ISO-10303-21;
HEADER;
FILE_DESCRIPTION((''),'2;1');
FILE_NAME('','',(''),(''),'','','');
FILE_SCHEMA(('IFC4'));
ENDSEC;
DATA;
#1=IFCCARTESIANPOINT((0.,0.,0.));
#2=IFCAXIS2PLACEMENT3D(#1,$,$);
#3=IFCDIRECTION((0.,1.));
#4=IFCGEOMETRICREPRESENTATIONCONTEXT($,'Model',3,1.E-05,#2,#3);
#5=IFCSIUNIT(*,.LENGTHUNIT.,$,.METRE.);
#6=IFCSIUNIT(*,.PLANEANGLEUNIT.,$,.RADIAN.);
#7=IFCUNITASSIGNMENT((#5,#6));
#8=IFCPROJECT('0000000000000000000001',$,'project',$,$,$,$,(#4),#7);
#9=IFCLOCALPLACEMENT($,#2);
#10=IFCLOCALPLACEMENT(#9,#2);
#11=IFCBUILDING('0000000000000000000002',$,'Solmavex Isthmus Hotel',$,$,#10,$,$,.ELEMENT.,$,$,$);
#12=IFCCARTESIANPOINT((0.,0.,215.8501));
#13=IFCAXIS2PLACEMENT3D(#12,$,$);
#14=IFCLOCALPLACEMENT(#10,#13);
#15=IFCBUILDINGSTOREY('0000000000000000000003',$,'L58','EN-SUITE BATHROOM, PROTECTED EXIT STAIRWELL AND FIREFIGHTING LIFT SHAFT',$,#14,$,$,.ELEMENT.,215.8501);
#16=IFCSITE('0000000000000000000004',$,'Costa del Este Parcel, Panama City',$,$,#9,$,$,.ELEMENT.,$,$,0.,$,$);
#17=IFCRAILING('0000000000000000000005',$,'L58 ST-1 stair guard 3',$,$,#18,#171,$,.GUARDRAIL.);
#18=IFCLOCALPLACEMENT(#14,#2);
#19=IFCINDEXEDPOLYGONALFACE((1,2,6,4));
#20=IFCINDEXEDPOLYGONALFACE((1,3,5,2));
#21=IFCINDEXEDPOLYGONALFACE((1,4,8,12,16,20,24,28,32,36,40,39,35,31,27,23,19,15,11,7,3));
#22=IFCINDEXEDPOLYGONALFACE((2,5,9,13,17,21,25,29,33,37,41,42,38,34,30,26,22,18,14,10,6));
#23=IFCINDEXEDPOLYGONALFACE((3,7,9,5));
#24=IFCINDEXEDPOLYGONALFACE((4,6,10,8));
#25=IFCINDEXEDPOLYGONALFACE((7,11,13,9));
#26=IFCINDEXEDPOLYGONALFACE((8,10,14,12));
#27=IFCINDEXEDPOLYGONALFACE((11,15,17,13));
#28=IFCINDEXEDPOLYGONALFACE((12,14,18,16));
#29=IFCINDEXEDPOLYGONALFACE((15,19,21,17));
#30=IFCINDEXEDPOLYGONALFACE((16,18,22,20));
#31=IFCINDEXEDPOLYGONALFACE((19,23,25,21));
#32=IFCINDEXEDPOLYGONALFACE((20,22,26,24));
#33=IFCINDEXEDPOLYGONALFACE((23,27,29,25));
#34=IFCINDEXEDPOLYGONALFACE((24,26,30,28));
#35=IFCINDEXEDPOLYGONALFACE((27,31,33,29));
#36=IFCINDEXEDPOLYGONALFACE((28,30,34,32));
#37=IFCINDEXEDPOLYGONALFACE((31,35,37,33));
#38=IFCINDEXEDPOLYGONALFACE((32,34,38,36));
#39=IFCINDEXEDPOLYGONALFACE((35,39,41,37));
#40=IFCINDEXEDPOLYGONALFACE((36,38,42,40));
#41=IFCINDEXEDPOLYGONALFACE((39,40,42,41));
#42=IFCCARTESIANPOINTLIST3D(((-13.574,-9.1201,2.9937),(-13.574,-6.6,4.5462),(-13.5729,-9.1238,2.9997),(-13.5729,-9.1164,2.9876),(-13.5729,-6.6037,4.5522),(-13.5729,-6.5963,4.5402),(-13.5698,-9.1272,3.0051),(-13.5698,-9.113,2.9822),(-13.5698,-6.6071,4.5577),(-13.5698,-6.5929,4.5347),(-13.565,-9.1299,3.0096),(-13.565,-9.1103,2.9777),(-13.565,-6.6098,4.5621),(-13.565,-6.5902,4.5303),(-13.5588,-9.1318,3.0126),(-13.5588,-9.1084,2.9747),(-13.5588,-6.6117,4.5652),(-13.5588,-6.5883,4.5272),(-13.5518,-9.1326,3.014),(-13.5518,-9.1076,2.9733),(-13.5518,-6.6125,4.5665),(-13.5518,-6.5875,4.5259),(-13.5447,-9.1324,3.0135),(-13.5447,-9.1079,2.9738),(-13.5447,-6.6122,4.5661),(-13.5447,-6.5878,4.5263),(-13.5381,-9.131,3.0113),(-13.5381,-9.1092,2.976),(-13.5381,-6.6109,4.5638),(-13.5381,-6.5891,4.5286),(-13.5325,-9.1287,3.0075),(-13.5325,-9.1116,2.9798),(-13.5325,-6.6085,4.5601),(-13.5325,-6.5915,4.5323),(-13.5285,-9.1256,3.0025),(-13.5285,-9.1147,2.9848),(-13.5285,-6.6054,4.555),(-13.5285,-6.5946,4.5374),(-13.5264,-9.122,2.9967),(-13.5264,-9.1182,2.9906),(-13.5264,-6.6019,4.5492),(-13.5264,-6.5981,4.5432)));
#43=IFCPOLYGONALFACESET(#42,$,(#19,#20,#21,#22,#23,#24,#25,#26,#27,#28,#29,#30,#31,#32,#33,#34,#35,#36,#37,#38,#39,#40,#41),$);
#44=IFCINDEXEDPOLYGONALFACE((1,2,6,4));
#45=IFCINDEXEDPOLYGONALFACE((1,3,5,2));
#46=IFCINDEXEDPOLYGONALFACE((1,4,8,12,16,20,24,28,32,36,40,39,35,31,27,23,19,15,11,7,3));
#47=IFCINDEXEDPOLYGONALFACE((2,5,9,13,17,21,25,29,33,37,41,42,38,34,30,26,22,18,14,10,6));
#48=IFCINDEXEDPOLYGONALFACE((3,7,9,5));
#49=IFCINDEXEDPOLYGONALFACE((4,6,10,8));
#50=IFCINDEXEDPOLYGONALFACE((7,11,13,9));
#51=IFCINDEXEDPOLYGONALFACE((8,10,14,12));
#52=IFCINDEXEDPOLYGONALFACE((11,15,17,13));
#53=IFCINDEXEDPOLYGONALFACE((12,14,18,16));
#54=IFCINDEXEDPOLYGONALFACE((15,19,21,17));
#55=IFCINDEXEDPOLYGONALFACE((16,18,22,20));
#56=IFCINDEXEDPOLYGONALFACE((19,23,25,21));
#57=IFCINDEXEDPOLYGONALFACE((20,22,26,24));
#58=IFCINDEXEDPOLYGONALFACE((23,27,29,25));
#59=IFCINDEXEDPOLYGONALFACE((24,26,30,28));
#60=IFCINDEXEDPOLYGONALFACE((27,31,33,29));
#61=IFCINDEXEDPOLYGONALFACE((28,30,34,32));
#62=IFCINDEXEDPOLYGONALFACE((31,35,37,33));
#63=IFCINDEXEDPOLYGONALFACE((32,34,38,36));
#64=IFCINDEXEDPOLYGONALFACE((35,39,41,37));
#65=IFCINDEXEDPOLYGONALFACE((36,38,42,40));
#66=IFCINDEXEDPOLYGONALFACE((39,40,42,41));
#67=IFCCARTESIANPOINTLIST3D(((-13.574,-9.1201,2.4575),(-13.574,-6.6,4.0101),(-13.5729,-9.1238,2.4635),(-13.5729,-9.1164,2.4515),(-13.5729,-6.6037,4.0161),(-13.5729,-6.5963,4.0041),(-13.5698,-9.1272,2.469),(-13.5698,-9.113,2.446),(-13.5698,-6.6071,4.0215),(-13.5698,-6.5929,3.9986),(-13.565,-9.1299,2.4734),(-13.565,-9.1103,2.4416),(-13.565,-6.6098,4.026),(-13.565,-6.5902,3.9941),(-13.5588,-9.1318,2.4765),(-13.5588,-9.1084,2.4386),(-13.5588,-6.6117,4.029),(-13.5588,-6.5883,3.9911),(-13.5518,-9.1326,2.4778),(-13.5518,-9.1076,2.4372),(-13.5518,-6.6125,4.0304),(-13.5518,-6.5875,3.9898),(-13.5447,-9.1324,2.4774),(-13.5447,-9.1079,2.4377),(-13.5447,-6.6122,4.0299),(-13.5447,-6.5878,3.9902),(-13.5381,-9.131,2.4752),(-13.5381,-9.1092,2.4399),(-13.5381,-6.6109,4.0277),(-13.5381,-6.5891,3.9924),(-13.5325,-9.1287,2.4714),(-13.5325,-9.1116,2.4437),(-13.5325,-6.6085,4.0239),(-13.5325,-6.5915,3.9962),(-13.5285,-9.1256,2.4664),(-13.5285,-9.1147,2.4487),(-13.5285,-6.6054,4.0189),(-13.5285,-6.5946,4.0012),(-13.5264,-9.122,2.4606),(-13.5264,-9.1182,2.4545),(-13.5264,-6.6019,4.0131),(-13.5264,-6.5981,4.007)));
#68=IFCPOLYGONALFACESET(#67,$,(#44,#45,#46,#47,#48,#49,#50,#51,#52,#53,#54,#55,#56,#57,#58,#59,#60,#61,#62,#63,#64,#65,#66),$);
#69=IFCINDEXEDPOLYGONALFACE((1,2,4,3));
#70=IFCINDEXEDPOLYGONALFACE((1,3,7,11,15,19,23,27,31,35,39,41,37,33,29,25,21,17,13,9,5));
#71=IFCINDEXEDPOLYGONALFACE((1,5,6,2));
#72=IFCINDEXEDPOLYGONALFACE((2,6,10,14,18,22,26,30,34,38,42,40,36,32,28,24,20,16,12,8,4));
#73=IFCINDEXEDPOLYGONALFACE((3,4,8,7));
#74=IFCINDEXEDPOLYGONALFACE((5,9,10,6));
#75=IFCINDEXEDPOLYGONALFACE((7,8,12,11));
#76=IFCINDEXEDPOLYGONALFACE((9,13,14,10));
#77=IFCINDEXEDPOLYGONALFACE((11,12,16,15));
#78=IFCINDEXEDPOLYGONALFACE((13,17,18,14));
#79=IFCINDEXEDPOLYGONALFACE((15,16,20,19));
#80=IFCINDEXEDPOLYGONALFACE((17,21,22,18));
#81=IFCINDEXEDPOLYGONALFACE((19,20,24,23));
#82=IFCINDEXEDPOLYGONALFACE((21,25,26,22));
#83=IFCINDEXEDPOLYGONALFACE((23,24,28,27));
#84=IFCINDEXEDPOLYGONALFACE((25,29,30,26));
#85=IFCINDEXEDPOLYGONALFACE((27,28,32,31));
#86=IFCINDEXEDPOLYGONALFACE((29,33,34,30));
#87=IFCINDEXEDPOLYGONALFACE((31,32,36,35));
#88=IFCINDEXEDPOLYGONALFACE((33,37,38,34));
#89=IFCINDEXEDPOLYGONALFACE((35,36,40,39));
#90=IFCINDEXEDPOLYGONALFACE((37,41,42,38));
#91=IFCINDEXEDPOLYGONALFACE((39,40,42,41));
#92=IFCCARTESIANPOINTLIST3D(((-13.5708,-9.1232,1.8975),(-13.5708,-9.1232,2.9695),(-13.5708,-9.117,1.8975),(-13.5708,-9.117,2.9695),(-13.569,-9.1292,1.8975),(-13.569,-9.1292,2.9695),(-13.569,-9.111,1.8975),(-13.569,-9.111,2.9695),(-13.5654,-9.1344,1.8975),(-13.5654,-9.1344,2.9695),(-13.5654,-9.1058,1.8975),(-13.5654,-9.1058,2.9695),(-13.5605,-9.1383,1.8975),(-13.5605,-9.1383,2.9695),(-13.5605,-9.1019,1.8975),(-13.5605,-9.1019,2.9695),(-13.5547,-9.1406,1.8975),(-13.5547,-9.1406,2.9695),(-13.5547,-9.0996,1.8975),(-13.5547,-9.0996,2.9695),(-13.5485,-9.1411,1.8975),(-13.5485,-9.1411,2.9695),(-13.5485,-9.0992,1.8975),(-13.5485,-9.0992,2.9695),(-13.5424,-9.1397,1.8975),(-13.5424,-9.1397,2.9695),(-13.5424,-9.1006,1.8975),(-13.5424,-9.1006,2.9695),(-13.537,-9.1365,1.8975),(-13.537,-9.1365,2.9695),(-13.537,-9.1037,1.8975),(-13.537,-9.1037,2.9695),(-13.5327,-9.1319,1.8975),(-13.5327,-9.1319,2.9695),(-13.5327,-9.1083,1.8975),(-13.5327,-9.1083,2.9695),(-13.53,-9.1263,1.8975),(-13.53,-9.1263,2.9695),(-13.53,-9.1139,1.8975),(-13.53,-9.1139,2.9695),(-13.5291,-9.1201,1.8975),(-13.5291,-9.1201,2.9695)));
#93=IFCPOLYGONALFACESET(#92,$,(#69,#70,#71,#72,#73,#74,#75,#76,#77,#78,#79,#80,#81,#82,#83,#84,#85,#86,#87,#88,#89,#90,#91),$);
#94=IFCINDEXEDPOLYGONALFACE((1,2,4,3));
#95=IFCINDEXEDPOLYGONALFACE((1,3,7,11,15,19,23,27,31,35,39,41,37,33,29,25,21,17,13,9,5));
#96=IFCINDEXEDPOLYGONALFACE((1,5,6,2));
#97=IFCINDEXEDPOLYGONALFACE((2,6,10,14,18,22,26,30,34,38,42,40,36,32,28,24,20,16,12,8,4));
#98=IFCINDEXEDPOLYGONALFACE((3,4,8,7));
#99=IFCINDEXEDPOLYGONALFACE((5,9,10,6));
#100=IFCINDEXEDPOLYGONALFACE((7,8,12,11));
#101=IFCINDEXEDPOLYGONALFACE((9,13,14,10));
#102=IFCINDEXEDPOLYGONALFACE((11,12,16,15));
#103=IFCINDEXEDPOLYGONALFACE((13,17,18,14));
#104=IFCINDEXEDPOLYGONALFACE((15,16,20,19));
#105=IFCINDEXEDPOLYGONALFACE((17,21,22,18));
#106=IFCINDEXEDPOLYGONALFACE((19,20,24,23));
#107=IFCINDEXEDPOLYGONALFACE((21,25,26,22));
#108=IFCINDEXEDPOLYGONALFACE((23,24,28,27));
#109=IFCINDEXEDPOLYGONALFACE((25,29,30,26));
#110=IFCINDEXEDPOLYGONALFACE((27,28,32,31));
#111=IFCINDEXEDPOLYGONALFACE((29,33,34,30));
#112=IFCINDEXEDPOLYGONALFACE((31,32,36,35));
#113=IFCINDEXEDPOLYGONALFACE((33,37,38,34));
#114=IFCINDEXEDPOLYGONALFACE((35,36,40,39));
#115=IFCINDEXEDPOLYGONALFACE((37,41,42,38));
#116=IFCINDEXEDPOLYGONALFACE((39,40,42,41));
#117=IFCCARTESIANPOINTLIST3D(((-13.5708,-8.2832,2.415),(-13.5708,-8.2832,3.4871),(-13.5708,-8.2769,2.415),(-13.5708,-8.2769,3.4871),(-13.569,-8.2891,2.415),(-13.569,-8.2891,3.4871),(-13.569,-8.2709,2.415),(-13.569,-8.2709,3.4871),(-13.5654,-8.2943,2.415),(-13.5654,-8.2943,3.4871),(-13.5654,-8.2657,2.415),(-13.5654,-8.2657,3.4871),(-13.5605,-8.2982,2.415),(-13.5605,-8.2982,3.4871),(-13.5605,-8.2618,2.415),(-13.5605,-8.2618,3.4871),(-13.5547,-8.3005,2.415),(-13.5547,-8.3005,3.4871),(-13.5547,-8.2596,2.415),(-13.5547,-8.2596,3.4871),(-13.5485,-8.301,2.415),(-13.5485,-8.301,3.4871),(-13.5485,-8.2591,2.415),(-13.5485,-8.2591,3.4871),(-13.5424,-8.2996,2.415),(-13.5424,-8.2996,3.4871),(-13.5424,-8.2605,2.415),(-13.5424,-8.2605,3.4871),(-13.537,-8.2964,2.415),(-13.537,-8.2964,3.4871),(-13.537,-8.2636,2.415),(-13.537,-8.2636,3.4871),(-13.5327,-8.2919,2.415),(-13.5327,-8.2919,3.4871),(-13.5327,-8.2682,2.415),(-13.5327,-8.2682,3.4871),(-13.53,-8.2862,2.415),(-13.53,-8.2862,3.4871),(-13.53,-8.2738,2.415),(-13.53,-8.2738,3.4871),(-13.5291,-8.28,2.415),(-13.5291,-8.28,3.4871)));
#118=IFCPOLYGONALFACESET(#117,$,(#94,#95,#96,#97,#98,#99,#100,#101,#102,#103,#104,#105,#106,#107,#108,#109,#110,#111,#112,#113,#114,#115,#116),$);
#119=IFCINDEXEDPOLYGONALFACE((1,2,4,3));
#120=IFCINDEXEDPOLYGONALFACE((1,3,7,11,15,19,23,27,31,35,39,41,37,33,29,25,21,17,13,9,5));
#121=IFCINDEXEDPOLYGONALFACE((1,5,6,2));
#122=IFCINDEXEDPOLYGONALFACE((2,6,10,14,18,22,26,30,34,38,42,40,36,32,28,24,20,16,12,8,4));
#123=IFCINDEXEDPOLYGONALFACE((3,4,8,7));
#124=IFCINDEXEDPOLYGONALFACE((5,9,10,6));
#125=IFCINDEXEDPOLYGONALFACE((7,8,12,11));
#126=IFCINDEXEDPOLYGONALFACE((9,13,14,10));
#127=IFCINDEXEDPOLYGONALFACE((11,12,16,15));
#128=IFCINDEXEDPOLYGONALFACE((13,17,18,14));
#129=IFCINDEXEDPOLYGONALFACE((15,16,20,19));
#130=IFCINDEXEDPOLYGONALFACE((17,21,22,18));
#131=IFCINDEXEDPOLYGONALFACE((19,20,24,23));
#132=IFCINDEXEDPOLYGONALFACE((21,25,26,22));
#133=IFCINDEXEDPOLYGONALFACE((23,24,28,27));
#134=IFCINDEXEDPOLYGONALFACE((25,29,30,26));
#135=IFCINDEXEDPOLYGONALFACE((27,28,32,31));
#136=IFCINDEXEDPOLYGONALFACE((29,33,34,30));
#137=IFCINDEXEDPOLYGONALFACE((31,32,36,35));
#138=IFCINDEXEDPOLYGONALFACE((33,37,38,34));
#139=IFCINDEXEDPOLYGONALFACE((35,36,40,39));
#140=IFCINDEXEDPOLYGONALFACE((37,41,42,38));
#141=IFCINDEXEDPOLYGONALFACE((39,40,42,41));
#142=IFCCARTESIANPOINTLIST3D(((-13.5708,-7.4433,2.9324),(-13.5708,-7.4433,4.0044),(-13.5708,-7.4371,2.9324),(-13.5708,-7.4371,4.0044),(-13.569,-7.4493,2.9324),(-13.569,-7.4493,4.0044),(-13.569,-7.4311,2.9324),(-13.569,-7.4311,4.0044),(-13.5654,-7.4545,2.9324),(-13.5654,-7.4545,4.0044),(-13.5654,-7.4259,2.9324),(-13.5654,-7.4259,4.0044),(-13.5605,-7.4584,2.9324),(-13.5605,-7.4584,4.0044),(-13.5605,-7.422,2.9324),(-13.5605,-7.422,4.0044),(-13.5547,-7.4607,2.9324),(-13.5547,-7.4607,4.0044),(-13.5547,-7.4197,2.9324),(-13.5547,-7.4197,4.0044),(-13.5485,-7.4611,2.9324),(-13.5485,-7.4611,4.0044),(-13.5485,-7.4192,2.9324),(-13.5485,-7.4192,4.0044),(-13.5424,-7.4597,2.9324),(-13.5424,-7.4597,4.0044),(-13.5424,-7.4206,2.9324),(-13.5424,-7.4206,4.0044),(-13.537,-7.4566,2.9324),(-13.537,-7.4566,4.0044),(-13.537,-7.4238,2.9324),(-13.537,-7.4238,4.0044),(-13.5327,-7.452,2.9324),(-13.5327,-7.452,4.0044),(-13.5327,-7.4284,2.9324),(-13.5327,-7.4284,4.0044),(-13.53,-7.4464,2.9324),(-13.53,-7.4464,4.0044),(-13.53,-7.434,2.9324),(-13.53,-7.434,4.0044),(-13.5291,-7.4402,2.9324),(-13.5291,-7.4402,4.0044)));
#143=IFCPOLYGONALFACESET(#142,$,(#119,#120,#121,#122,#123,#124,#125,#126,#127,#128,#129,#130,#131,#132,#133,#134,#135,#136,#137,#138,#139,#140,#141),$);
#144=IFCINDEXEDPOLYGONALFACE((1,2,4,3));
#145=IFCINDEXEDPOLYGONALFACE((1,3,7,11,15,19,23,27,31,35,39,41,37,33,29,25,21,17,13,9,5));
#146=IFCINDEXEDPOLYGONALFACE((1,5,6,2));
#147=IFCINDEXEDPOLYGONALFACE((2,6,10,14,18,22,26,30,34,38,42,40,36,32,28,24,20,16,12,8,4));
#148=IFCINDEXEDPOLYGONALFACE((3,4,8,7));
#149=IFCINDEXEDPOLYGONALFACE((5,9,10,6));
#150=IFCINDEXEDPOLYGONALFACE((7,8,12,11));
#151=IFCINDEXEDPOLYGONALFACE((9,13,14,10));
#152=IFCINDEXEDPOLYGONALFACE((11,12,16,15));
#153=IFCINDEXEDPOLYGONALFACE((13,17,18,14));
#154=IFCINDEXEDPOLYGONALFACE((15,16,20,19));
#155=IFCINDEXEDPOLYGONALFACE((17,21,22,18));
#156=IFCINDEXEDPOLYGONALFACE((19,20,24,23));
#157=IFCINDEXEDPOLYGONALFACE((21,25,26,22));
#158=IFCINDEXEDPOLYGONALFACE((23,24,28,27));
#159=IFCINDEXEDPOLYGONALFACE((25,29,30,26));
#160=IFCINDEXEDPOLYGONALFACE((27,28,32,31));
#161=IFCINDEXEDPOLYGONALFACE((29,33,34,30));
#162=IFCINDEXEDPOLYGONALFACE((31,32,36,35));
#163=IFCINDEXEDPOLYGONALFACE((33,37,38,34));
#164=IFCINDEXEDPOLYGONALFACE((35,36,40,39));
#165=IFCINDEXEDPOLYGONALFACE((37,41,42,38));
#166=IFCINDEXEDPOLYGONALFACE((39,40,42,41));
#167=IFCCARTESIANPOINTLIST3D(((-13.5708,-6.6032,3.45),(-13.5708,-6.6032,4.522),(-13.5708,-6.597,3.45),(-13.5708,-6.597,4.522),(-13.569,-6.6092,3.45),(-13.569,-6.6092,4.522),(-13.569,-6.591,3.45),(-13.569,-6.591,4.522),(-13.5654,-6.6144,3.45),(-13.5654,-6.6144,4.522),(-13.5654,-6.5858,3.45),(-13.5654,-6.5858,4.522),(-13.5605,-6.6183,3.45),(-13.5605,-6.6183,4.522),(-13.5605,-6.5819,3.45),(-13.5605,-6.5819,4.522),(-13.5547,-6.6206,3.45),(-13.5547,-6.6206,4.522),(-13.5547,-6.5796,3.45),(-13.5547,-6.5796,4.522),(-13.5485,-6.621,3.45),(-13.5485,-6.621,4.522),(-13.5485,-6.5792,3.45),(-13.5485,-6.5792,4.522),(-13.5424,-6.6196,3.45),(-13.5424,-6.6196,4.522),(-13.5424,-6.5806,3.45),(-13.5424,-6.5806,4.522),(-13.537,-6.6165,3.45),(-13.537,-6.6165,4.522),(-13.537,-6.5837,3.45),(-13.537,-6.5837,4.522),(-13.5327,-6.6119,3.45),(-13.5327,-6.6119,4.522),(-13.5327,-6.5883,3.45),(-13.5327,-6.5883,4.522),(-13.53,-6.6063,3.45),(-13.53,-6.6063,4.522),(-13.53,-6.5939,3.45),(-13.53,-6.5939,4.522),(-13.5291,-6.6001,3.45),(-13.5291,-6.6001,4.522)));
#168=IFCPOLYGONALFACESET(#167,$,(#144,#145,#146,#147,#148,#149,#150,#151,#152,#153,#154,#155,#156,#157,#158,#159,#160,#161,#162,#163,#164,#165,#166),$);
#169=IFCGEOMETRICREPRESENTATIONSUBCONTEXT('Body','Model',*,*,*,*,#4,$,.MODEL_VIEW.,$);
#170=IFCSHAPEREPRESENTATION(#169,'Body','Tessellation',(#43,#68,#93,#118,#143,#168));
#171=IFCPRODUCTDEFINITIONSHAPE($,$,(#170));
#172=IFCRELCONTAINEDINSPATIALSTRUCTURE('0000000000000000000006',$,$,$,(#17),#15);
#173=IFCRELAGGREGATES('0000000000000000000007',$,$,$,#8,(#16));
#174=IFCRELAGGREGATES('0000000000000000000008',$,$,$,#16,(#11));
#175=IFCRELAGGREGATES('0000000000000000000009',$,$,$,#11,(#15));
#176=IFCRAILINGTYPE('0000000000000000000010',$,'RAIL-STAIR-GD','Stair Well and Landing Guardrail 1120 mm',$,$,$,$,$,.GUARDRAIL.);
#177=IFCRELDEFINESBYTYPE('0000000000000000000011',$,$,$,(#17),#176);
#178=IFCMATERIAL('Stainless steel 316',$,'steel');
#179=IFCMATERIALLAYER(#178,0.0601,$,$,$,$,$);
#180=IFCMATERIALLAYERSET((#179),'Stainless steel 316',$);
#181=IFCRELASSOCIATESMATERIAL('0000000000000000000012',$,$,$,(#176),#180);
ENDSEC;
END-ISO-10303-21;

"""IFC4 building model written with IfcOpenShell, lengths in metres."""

from ifc_helpers import new_model, si_unit, direction, frame, origin, origin_2d, place, context, subcontext, project, spatial, circle, extrude, material, layer, layer_set, type_object, element, save


model = new_model("IFC4")

# Units and contexts
model_context = context("Model", 3, precision=1e-05, world=origin(), true_north=direction((0.0, 1.0)))
body_context = subcontext(model_context, "Body", "Model", "MODEL_VIEW")
ifc_project = project(units=[si_unit("LENGTHUNIT", "METRE"), si_unit("PLANEANGLEUNIT", "RADIAN")], contexts=[model_context])

# Site, building, storey
site_placement = place(None, origin())
site = spatial("IfcSite", under=ifc_project, at=site_placement, Name="Costa del Este Parcel, Panama City", CompositionType="ELEMENT", RefElevation=0.0)
building_placement = place(site_placement, origin())
building = spatial("IfcBuilding", under=site, at=building_placement, Name="Solmavex Isthmus Hotel", CompositionType="ELEMENT")
storey_placement = place(building_placement, frame((0.0, 0.0, 215.8501)))
storey = spatial("IfcBuildingStorey", under=building, at=storey_placement, Name="L58", Description="EN-SUITE BATHROOM, PROTECTED EXIT STAIRWELL AND FIREFIGHTING LIFT SHAFT", CompositionType="ELEMENT", Elevation=215.8501)

# Railing
ifc_material_1 = material(Name="Stainless steel 316", Category="steel")
ifc_layer_1 = layer(ifc_material_1, 0.0601)
ifc_layer_set_1 = layer_set([ifc_layer_1], Name="Stainless steel 316")
railing_type_1 = type_object("IfcRailingType", Name="RAIL-STAIR-GD", Description="Stair Well and Landing Guardrail 1120 mm", PredefinedType="GUARDRAIL", material=ifc_layer_set_1)
railing_1_placement = place(storey_placement, frame((-13.55, -9.1201, 1.8975)))
element("IfcRailing", 1, at=railing_1_placement, inside=storey, type_object=railing_type_1, Name="L58 ST-1 stair guard 3", PredefinedType="GUARDRAIL", context=body_context, shape_type="SweptSolid", body=[
    extrude(circle(Radius=0.0239, at=origin_2d()), frame((0.0, 0.0, 1.0962), z_axis=(0.0, 0.8514, 0.524516), x_axis=(-1.0, 0.0, 0.0)), (0.0, 0.0, 1.0), 2.96),
    extrude(circle(Radius=0.0239, at=origin_2d()), frame((0.0, 0.0, 0.5601), z_axis=(0.0, 0.8514, 0.524516), x_axis=(-1.0, 0.0, 0.0)), (0.0, 0.0, 1.0), 2.96),
    extrude(circle(Radius=0.021, at=origin_2d()), origin(), (0.0, 0.0, 1.0), 1.072),
    extrude(circle(Radius=0.021, at=origin_2d()), frame((0.0, 0.8401, 0.5176)), (0.0, 0.0, 1.0), 1.072),
    extrude(circle(Radius=0.021, at=origin_2d()), frame((0.0, 1.6799, 1.0349)), (0.0, 0.0, 1.0), 1.072),
    extrude(circle(Radius=0.021, at=origin_2d()), frame((0.0, 2.52, 1.5525)), (0.0, 0.0, 1.0), 1.072),
])

save(model, "model.ifc")
